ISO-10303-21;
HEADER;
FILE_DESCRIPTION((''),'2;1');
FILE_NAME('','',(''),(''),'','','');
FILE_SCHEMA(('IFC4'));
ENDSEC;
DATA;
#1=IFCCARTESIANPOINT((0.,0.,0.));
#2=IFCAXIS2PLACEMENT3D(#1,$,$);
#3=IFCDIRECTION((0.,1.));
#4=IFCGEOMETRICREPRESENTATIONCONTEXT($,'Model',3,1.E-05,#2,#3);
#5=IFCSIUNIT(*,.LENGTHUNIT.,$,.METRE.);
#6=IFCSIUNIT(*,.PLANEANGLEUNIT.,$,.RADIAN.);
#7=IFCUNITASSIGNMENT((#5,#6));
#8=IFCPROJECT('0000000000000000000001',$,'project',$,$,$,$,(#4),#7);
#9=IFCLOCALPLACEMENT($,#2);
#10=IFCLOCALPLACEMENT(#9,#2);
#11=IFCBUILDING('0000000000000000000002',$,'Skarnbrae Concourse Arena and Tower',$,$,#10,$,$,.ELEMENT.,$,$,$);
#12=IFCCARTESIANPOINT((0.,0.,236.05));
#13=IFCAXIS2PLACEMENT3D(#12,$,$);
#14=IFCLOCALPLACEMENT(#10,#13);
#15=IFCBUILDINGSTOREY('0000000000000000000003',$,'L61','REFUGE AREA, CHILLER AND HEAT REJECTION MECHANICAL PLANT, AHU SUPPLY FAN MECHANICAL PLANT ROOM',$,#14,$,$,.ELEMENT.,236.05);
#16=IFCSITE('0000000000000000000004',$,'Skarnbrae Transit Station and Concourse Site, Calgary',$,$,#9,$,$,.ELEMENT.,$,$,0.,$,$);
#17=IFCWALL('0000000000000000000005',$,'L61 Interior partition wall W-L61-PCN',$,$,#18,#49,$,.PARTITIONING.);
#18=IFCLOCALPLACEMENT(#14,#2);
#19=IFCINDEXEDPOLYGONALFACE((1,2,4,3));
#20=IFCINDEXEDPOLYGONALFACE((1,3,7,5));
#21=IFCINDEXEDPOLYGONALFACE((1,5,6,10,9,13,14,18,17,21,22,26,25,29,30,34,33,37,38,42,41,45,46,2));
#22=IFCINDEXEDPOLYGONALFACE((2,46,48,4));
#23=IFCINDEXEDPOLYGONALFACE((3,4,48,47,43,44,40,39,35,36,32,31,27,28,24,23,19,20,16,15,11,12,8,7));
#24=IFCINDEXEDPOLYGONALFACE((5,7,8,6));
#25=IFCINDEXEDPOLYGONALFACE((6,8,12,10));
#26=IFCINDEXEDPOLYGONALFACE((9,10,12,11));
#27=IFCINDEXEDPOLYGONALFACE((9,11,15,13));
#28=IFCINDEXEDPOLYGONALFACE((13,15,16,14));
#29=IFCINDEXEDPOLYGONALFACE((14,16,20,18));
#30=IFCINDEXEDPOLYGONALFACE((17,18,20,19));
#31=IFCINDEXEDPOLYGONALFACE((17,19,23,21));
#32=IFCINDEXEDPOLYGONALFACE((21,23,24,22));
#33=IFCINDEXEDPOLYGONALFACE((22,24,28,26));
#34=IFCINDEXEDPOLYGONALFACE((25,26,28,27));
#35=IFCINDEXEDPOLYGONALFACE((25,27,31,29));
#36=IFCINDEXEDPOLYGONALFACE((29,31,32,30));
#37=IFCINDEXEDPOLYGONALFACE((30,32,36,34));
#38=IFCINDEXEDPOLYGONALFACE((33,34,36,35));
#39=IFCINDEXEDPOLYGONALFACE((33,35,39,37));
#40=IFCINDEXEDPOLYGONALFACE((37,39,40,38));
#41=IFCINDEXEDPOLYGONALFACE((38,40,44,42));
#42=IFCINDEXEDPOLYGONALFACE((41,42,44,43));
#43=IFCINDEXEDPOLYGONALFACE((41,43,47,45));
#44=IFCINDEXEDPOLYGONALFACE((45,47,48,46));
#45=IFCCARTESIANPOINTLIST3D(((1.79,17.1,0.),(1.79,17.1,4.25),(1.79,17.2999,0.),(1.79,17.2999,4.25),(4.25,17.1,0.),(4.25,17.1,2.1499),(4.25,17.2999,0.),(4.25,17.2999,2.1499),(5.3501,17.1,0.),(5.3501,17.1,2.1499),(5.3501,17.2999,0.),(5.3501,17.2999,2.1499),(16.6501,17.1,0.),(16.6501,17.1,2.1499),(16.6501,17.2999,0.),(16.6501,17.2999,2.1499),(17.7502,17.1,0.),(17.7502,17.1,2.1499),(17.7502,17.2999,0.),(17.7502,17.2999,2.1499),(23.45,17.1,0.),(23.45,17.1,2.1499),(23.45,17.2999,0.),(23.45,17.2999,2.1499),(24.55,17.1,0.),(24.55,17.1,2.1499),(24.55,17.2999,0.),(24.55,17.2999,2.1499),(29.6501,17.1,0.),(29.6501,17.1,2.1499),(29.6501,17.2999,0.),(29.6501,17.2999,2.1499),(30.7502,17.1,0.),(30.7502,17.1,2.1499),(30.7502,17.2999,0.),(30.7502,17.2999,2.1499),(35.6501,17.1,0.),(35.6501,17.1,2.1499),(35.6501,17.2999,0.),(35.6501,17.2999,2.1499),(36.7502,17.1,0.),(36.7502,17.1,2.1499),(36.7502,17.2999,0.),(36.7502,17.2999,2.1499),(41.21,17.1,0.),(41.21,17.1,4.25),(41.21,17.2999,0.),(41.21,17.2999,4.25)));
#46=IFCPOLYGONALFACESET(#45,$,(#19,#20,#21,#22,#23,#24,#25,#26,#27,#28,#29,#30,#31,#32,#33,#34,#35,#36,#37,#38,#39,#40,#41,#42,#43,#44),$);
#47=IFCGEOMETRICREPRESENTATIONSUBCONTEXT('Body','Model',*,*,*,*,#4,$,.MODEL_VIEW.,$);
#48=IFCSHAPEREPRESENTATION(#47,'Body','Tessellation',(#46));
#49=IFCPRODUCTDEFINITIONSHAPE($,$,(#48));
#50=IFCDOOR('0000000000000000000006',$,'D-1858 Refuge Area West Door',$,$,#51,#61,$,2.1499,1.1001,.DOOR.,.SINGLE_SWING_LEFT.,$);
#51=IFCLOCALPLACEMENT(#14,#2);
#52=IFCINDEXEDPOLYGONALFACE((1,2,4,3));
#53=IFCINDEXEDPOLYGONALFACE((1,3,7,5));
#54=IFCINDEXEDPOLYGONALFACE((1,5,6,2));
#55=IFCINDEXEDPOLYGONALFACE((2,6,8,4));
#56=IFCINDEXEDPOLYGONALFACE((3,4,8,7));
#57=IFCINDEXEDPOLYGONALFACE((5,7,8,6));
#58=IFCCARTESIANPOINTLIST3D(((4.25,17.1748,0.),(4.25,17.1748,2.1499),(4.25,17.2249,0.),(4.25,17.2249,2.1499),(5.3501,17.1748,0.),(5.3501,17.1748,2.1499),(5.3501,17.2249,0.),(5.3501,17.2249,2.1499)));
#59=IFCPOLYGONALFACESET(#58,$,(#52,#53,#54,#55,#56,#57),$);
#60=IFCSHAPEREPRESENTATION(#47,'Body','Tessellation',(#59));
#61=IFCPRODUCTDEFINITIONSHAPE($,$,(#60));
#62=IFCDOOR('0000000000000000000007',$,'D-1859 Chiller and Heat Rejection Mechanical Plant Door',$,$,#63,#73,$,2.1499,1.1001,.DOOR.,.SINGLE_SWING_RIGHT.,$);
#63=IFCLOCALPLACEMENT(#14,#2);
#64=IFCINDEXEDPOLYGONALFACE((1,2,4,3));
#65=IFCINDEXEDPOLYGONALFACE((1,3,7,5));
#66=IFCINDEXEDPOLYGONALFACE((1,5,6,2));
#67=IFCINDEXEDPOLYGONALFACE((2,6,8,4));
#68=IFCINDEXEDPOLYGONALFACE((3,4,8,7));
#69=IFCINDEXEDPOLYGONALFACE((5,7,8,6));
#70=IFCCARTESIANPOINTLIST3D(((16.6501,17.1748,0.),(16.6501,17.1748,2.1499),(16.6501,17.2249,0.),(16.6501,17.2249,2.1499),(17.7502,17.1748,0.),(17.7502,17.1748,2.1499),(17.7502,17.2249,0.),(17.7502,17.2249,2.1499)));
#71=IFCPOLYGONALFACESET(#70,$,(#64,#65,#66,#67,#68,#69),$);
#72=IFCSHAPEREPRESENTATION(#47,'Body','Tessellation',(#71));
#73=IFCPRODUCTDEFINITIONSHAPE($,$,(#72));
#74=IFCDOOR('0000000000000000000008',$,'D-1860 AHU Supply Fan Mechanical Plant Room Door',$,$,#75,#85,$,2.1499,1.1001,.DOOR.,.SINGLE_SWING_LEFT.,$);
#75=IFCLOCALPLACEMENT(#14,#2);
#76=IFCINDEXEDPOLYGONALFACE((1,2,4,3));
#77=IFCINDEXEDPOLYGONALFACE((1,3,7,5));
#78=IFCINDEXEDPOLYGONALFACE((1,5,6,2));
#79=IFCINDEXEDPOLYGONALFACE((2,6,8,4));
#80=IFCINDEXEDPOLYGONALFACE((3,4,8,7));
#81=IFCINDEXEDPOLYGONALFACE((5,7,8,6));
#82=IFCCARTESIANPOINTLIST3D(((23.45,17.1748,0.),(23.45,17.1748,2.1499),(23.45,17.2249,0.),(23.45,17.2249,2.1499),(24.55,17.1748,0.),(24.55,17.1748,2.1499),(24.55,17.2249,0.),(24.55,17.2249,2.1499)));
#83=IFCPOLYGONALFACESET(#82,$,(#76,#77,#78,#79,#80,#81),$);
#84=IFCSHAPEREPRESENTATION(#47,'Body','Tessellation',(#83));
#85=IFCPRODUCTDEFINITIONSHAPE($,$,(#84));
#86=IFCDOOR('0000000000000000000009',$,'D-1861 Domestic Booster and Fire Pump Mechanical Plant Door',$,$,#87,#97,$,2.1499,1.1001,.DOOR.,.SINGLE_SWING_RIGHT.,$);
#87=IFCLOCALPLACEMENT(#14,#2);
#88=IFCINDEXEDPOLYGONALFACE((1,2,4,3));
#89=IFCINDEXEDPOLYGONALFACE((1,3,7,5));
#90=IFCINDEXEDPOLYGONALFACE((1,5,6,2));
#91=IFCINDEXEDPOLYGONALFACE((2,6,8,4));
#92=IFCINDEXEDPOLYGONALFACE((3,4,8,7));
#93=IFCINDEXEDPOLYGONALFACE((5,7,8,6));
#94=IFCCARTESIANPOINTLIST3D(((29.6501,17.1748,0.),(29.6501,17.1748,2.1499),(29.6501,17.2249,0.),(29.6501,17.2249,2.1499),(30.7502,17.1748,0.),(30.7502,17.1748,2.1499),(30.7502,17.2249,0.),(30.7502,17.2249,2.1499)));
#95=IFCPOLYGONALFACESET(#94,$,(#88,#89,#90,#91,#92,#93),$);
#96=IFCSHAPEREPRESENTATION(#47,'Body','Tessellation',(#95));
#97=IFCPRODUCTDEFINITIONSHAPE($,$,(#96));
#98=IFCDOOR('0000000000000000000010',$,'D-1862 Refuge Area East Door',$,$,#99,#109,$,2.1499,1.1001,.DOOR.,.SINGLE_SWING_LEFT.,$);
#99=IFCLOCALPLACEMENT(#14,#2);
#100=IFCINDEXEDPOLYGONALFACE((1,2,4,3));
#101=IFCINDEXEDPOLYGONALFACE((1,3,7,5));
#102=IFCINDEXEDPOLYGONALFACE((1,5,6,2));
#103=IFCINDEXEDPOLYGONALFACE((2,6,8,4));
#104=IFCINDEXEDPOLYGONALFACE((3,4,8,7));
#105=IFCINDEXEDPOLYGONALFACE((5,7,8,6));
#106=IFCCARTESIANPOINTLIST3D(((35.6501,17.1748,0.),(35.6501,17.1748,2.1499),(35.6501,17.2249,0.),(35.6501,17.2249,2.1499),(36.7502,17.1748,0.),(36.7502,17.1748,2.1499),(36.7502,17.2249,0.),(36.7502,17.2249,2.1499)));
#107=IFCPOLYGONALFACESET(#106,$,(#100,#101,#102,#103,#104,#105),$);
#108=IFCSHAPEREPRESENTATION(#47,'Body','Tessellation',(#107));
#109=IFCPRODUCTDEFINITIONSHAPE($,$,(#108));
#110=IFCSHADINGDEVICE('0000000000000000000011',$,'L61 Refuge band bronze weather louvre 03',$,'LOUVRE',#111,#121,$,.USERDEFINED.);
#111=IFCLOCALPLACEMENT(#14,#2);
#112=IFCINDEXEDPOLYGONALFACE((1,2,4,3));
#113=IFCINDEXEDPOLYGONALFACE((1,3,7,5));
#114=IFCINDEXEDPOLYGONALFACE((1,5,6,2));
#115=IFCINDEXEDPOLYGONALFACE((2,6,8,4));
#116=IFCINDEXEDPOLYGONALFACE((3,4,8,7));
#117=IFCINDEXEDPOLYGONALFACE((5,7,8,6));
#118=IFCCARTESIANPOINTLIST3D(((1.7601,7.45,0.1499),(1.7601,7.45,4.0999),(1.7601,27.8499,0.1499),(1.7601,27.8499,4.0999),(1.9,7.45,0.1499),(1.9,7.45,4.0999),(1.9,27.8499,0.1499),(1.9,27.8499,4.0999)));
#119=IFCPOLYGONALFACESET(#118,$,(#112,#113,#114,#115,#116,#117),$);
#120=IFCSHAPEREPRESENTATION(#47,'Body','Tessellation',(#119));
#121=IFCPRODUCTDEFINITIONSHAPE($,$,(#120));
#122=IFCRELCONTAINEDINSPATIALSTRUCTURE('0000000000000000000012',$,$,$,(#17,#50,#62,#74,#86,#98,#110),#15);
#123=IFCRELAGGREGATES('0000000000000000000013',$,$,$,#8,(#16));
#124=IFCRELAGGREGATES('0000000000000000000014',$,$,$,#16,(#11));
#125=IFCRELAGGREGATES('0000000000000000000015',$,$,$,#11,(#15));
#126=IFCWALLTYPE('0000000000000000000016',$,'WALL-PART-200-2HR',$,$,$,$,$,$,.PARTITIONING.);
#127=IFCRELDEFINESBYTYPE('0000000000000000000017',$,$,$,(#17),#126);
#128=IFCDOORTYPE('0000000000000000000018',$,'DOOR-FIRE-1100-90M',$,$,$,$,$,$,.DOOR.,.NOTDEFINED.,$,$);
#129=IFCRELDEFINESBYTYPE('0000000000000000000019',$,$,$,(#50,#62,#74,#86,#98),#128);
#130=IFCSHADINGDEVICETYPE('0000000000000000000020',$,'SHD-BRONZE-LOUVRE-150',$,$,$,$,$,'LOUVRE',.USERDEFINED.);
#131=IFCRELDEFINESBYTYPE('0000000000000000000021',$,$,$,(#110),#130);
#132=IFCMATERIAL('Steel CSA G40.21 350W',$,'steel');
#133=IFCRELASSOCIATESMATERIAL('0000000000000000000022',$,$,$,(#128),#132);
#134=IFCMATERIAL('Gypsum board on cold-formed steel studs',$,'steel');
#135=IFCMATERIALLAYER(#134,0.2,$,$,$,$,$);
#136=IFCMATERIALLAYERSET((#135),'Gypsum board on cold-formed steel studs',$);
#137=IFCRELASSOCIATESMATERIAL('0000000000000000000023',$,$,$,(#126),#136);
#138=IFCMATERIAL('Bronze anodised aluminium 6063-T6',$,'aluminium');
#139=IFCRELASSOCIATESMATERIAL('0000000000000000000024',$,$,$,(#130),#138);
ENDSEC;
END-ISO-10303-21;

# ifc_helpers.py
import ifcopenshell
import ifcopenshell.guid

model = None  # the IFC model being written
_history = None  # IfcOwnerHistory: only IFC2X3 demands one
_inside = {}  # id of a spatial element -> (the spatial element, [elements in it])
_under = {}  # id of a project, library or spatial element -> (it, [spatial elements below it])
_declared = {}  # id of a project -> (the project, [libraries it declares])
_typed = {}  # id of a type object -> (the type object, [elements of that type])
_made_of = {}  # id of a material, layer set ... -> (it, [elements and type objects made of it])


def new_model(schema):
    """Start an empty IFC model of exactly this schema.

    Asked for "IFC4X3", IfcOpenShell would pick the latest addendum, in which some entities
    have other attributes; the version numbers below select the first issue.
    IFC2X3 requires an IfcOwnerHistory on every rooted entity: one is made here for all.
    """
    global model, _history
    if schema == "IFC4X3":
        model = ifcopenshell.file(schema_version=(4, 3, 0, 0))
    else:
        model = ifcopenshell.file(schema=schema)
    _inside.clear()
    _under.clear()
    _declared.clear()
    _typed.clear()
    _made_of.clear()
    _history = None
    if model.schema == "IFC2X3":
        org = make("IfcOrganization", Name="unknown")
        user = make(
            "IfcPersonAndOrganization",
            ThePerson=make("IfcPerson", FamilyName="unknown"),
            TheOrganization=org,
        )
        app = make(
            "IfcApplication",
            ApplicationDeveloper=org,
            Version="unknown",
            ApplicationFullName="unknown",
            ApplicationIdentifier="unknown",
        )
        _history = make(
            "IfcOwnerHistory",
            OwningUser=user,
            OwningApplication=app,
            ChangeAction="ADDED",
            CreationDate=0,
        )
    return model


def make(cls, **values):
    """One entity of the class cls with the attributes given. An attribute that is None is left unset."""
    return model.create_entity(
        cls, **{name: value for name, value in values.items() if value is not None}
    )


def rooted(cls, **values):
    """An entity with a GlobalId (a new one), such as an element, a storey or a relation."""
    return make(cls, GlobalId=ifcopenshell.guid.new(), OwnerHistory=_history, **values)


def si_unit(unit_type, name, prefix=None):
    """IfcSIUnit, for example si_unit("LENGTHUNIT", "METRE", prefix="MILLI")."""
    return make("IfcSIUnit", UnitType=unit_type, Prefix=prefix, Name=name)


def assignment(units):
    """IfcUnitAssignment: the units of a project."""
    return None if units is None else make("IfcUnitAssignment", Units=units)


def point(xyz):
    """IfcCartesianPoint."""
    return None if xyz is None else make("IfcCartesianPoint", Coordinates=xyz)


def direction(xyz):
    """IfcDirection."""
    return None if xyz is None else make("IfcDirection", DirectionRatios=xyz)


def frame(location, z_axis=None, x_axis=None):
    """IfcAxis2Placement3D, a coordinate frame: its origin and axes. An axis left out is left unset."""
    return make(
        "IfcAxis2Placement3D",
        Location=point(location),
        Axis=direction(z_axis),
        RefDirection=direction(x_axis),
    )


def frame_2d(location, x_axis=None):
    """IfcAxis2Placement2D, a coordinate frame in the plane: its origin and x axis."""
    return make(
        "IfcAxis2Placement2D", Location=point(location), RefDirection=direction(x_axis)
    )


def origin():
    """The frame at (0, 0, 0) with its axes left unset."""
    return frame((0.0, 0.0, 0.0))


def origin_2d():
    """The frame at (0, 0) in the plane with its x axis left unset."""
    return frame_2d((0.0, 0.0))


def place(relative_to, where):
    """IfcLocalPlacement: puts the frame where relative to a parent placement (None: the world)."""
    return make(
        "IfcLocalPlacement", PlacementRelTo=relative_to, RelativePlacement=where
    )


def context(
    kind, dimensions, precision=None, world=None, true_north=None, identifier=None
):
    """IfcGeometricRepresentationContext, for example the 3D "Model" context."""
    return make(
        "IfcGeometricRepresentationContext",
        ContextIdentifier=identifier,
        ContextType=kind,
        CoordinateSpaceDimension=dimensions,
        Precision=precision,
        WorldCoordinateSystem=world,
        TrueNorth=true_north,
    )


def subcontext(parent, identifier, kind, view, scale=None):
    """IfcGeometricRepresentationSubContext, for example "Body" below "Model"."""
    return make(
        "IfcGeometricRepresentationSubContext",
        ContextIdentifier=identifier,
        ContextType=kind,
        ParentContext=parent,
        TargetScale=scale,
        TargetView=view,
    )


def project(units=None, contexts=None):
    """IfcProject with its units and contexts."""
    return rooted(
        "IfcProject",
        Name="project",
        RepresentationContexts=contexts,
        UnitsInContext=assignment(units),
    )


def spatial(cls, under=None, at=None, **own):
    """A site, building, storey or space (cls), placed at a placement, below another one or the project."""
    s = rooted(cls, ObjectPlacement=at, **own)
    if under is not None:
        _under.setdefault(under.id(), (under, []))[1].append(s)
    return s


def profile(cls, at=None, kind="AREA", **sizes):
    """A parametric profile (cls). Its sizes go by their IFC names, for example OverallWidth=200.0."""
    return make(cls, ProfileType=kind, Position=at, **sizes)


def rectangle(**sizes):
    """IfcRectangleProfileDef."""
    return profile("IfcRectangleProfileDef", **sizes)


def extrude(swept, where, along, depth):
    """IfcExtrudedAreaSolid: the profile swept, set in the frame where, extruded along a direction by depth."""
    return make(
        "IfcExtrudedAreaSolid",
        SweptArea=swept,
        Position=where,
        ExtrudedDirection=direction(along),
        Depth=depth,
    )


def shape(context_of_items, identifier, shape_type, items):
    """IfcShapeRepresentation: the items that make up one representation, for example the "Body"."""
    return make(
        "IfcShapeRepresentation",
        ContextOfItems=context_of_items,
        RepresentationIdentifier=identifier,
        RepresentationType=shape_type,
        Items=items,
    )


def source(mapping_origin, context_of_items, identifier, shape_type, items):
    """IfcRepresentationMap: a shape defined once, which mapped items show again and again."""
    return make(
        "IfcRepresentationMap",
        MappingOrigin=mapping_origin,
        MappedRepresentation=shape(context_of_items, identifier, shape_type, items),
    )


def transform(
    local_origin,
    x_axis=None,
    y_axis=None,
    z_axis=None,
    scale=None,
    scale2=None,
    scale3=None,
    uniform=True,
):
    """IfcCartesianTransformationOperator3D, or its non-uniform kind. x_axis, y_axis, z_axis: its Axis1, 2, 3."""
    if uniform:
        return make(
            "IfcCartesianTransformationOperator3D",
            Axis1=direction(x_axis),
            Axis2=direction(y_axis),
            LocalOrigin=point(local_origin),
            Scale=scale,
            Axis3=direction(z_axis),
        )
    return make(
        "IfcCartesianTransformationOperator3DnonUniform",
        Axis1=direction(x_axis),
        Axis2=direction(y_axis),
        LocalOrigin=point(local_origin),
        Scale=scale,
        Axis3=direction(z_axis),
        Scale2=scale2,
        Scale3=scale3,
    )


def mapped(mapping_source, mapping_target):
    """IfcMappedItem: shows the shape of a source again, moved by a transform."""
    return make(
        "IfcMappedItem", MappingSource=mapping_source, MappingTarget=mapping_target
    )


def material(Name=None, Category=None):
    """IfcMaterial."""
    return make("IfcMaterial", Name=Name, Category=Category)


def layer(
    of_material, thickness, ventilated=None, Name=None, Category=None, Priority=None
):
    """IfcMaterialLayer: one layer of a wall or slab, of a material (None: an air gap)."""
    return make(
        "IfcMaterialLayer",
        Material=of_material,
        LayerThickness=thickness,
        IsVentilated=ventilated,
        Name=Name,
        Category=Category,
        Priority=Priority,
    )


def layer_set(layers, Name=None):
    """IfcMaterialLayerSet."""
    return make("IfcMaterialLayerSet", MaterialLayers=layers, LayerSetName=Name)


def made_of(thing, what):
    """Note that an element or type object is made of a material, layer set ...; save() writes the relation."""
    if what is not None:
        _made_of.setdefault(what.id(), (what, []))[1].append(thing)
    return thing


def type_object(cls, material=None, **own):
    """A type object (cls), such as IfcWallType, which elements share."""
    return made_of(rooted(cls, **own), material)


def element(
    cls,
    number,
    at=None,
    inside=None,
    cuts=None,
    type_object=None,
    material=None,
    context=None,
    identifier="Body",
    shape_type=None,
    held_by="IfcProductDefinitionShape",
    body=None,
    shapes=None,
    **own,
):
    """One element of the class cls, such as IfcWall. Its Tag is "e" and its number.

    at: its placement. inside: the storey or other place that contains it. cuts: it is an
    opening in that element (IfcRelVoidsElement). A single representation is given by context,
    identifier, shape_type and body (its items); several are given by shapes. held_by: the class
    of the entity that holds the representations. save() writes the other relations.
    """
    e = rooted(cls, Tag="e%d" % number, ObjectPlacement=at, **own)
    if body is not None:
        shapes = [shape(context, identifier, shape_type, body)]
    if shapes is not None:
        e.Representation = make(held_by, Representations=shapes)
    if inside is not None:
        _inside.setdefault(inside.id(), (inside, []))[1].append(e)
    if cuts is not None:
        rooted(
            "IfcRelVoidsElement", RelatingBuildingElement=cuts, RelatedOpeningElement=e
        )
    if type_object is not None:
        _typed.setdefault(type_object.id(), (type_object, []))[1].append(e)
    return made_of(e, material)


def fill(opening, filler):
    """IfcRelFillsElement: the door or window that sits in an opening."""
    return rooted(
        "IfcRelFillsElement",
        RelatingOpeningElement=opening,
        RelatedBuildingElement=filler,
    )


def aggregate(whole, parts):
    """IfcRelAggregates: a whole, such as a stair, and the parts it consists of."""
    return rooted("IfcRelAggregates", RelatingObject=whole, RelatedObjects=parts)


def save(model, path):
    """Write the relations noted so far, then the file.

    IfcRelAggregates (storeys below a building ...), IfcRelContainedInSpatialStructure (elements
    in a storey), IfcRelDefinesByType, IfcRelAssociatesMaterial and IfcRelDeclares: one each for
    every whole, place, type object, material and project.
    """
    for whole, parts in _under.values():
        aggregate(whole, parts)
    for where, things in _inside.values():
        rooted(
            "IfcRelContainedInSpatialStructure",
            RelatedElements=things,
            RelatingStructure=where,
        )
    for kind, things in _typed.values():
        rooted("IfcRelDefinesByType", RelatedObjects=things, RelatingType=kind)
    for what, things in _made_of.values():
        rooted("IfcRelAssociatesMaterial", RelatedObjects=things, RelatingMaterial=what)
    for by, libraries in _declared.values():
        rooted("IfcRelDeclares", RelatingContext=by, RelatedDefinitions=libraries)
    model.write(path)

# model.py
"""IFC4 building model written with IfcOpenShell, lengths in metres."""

from ifc_helpers import new_model, si_unit, direction, frame, frame_2d, origin, origin_2d, place, context, subcontext, project, spatial, rectangle, extrude, source, transform, mapped, material, layer, layer_set, type_object, element, fill, save


model = new_model("IFC4")

# Units and contexts
model_context = context("Model", 3, precision=1e-05, world=origin(), true_north=direction((0.0, 1.0)))
body_context = subcontext(model_context, "Body", "Model", "MODEL_VIEW")
ifc_project = project(units=[si_unit("LENGTHUNIT", "METRE"), si_unit("PLANEANGLEUNIT", "RADIAN")], contexts=[model_context])

# Site, building, storey
site_placement = place(None, origin())
site = spatial("IfcSite", under=ifc_project, at=site_placement, Name="Skarnbrae Transit Station and Concourse Site, Calgary", CompositionType="ELEMENT", RefElevation=0.0)
building_placement = place(site_placement, origin())
building = spatial("IfcBuilding", under=site, at=building_placement, Name="Skarnbrae Concourse Arena and Tower", CompositionType="ELEMENT")
storey_placement = place(building_placement, frame((0.0, 0.0, 236.05)))
storey = spatial("IfcBuildingStorey", under=building, at=storey_placement, Name="L61", Description="REFUGE AREA, CHILLER AND HEAT REJECTION MECHANICAL PLANT, AHU SUPPLY FAN MECHANICAL PLANT ROOM", CompositionType="ELEMENT", Elevation=236.05)

# Shared definitions
ifc_material_1 = material(Name="Steel CSA G40.21 350W", Category="steel")

# Shared definitions
door_type = type_object("IfcDoorType", Name="DOOR-FIRE-1100-90M", OperationType="NOTDEFINED", PredefinedType="DOOR", material=ifc_material_1)
shared_shape_1 = source(origin(), body_context, "Body", "SweptSolid", [
    extrude(rectangle(XDim=1.1001, YDim=2.1499, at=frame_2d((0.55, 1.075))), frame((0.0, 0.0249, 0.0), z_axis=(0.0, -1.0, 0.0), x_axis=(1.0, 0.0, 0.0)), (0.0, 0.0, 1.0), 0.05),
])

# Wall, openings, doors
ifc_material_2 = material(Name="Gypsum board on cold-formed steel studs", Category="steel")
ifc_layer_1 = layer(ifc_material_2, 0.2)
ifc_layer_set_1 = layer_set([ifc_layer_1], Name="Gypsum board on cold-formed steel studs")
wall_type_1 = type_object("IfcWallType", Name="WALL-PART-200-2HR", PredefinedType="PARTITIONING", material=ifc_layer_set_1)
shared_shape_2 = source(origin(), body_context, "Body", "SweptSolid", [
    extrude(rectangle(XDim=39.4199, YDim=0.2, at=frame_2d((19.71, 0.0))), origin(), (0.0, 0.0, 1.0), 4.25),
])
wall_1_placement = place(storey_placement, frame((1.79, 17.2, 0.0), z_axis=(0.0, 0.0, 1.0), x_axis=(1.0, 0.0, 0.0)))
wall_1 = element("IfcWall", 1, at=wall_1_placement, inside=storey, type_object=wall_type_1, Name="L61 Interior partition wall W-L61-PCN", PredefinedType="PARTITIONING", context=body_context, shape_type="MappedRepresentation", body=[
    mapped(shared_shape_2, transform((0.0, 0.0, 0.0))),
])
opening_1_placement = place(wall_1_placement, frame((2.46, 0.0, 0.0)))
opening_1 = element("IfcOpeningElement", 2, at=opening_1_placement, cuts=wall_1, PredefinedType="OPENING", context=body_context, shape_type="SweptSolid", body=[
    extrude(rectangle(XDim=1.1001, YDim=2.1499, at=frame_2d((0.55, 1.075))), frame((0.0, 0.1099, 0.0), z_axis=(0.0, -1.0, 0.0), x_axis=(1.0, 0.0, 0.0)), (0.0, 0.0, 1.0), 0.22),
])
opening_2_placement = place(wall_1_placement, frame((14.8601, 0.0, 0.0)))
opening_2 = element("IfcOpeningElement", 3, at=opening_2_placement, cuts=wall_1, PredefinedType="OPENING", context=body_context, shape_type="SweptSolid", body=[
    extrude(rectangle(XDim=1.1001, YDim=2.1499, at=frame_2d((0.55, 1.075))), frame((0.0, 0.1099, 0.0), z_axis=(0.0, -1.0, 0.0), x_axis=(1.0, 0.0, 0.0)), (0.0, 0.0, 1.0), 0.22),
])
opening_3_placement = place(wall_1_placement, frame((21.6599, 0.0, 0.0)))
opening_3 = element("IfcOpeningElement", 4, at=opening_3_placement, cuts=wall_1, PredefinedType="OPENING", context=body_context, shape_type="SweptSolid", body=[
    extrude(rectangle(XDim=1.1001, YDim=2.1499, at=frame_2d((0.55, 1.075))), frame((0.0, 0.1099, 0.0), z_axis=(0.0, -1.0, 0.0), x_axis=(1.0, 0.0, 0.0)), (0.0, 0.0, 1.0), 0.22),
])
opening_4_placement = place(wall_1_placement, frame((27.8601, 0.0, 0.0)))
opening_4 = element("IfcOpeningElement", 5, at=opening_4_placement, cuts=wall_1, PredefinedType="OPENING", context=body_context, shape_type="SweptSolid", body=[
    extrude(rectangle(XDim=1.1001, YDim=2.1499, at=frame_2d((0.55, 1.075))), frame((0.0, 0.1099, 0.0), z_axis=(0.0, -1.0, 0.0), x_axis=(1.0, 0.0, 0.0)), (0.0, 0.0, 1.0), 0.22),
])
opening_5_placement = place(wall_1_placement, frame((33.8601, 0.0, 0.0)))
opening_5 = element("IfcOpeningElement", 6, at=opening_5_placement, cuts=wall_1, PredefinedType="OPENING", context=body_context, shape_type="SweptSolid", body=[
    extrude(rectangle(XDim=1.1001, YDim=2.1499, at=frame_2d((0.55, 1.075))), frame((0.0, 0.1099, 0.0), z_axis=(0.0, -1.0, 0.0), x_axis=(1.0, 0.0, 0.0)), (0.0, 0.0, 1.0), 0.22),
])
door_1_placement = place(opening_1_placement, origin())
door_1 = element("IfcDoor", 7, at=door_1_placement, inside=storey, type_object=door_type, Name="D-1858 Refuge Area West Door", OperationType="SINGLE_SWING_LEFT", OverallHeight=2.1499, OverallWidth=1.1001, PredefinedType="DOOR", context=body_context, shape_type="MappedRepresentation", body=[
    mapped(shared_shape_1, transform((0.0, 0.0, 0.0))),
])
fill(opening_1, door_1)
door_2_placement = place(opening_2_placement, origin())
door_2 = element("IfcDoor", 8, at=door_2_placement, inside=storey, type_object=door_type, Name="D-1859 Chiller and Heat Rejection Mechanical Plant Door", OperationType="SINGLE_SWING_RIGHT", OverallHeight=2.1499, OverallWidth=1.1001, PredefinedType="DOOR", context=body_context, shape_type="MappedRepresentation", body=[
    mapped(shared_shape_1, transform((0.0, 0.0, 0.0))),
])
fill(opening_2, door_2)
door_3_placement = place(opening_3_placement, origin())
door_3 = element("IfcDoor", 9, at=door_3_placement, inside=storey, type_object=door_type, Name="D-1860 AHU Supply Fan Mechanical Plant Room Door", OperationType="SINGLE_SWING_LEFT", OverallHeight=2.1499, OverallWidth=1.1001, PredefinedType="DOOR", context=body_context, shape_type="MappedRepresentation", body=[
    mapped(shared_shape_1, transform((0.0, 0.0, 0.0))),
])
fill(opening_3, door_3)
door_4_placement = place(opening_4_placement, origin())
door_4 = element("IfcDoor", 10, at=door_4_placement, inside=storey, type_object=door_type, Name="D-1861 Domestic Booster and Fire Pump Mechanical Plant Door", OperationType="SINGLE_SWING_RIGHT", OverallHeight=2.1499, OverallWidth=1.1001, PredefinedType="DOOR", context=body_context, shape_type="MappedRepresentation", body=[
    mapped(shared_shape_1, transform((0.0, 0.0, 0.0))),
])
fill(opening_4, door_4)
door_5_placement = place(opening_5_placement, origin())
door_5 = element("IfcDoor", 11, at=door_5_placement, inside=storey, type_object=door_type, Name="D-1862 Refuge Area East Door", OperationType="SINGLE_SWING_LEFT", OverallHeight=2.1499, OverallWidth=1.1001, PredefinedType="DOOR", context=body_context, shape_type="MappedRepresentation", body=[
    mapped(shared_shape_1, transform((0.0, 0.0, 0.0))),
])
fill(opening_5, door_5)

# Shading device
ifc_material_3 = material(Name="Bronze anodised aluminium 6063-T6", Category="aluminium")
shading_device_type = type_object("IfcShadingDeviceType", Name="SHD-BRONZE-LOUVRE-150", ElementType="LOUVRE", PredefinedType="USERDEFINED", material=ifc_material_3)
shared_shape_3 = source(origin(), body_context, "Body", "SweptSolid", [
    extrude(rectangle(XDim=20.3999, YDim=0.1399, at=origin_2d()), origin(), (0.0, 0.0, 1.0), 3.95),
])
shading_device_placement = place(storey_placement, frame((1.8301, 17.6499, 0.1499), z_axis=(0.0, 0.0, 1.0), x_axis=(0.0, 1.0, 0.0)))
element("IfcShadingDevice", 12, at=shading_device_placement, inside=storey, type_object=shading_device_type, Name="L61 Refuge band bronze weather louvre 03", ObjectType="LOUVRE", PredefinedType="USERDEFINED", context=body_context, shape_type="MappedRepresentation", body=[
    mapped(shared_shape_3, transform((0.0, 0.0, 0.0))),
])

save(model, "model.ifc")
